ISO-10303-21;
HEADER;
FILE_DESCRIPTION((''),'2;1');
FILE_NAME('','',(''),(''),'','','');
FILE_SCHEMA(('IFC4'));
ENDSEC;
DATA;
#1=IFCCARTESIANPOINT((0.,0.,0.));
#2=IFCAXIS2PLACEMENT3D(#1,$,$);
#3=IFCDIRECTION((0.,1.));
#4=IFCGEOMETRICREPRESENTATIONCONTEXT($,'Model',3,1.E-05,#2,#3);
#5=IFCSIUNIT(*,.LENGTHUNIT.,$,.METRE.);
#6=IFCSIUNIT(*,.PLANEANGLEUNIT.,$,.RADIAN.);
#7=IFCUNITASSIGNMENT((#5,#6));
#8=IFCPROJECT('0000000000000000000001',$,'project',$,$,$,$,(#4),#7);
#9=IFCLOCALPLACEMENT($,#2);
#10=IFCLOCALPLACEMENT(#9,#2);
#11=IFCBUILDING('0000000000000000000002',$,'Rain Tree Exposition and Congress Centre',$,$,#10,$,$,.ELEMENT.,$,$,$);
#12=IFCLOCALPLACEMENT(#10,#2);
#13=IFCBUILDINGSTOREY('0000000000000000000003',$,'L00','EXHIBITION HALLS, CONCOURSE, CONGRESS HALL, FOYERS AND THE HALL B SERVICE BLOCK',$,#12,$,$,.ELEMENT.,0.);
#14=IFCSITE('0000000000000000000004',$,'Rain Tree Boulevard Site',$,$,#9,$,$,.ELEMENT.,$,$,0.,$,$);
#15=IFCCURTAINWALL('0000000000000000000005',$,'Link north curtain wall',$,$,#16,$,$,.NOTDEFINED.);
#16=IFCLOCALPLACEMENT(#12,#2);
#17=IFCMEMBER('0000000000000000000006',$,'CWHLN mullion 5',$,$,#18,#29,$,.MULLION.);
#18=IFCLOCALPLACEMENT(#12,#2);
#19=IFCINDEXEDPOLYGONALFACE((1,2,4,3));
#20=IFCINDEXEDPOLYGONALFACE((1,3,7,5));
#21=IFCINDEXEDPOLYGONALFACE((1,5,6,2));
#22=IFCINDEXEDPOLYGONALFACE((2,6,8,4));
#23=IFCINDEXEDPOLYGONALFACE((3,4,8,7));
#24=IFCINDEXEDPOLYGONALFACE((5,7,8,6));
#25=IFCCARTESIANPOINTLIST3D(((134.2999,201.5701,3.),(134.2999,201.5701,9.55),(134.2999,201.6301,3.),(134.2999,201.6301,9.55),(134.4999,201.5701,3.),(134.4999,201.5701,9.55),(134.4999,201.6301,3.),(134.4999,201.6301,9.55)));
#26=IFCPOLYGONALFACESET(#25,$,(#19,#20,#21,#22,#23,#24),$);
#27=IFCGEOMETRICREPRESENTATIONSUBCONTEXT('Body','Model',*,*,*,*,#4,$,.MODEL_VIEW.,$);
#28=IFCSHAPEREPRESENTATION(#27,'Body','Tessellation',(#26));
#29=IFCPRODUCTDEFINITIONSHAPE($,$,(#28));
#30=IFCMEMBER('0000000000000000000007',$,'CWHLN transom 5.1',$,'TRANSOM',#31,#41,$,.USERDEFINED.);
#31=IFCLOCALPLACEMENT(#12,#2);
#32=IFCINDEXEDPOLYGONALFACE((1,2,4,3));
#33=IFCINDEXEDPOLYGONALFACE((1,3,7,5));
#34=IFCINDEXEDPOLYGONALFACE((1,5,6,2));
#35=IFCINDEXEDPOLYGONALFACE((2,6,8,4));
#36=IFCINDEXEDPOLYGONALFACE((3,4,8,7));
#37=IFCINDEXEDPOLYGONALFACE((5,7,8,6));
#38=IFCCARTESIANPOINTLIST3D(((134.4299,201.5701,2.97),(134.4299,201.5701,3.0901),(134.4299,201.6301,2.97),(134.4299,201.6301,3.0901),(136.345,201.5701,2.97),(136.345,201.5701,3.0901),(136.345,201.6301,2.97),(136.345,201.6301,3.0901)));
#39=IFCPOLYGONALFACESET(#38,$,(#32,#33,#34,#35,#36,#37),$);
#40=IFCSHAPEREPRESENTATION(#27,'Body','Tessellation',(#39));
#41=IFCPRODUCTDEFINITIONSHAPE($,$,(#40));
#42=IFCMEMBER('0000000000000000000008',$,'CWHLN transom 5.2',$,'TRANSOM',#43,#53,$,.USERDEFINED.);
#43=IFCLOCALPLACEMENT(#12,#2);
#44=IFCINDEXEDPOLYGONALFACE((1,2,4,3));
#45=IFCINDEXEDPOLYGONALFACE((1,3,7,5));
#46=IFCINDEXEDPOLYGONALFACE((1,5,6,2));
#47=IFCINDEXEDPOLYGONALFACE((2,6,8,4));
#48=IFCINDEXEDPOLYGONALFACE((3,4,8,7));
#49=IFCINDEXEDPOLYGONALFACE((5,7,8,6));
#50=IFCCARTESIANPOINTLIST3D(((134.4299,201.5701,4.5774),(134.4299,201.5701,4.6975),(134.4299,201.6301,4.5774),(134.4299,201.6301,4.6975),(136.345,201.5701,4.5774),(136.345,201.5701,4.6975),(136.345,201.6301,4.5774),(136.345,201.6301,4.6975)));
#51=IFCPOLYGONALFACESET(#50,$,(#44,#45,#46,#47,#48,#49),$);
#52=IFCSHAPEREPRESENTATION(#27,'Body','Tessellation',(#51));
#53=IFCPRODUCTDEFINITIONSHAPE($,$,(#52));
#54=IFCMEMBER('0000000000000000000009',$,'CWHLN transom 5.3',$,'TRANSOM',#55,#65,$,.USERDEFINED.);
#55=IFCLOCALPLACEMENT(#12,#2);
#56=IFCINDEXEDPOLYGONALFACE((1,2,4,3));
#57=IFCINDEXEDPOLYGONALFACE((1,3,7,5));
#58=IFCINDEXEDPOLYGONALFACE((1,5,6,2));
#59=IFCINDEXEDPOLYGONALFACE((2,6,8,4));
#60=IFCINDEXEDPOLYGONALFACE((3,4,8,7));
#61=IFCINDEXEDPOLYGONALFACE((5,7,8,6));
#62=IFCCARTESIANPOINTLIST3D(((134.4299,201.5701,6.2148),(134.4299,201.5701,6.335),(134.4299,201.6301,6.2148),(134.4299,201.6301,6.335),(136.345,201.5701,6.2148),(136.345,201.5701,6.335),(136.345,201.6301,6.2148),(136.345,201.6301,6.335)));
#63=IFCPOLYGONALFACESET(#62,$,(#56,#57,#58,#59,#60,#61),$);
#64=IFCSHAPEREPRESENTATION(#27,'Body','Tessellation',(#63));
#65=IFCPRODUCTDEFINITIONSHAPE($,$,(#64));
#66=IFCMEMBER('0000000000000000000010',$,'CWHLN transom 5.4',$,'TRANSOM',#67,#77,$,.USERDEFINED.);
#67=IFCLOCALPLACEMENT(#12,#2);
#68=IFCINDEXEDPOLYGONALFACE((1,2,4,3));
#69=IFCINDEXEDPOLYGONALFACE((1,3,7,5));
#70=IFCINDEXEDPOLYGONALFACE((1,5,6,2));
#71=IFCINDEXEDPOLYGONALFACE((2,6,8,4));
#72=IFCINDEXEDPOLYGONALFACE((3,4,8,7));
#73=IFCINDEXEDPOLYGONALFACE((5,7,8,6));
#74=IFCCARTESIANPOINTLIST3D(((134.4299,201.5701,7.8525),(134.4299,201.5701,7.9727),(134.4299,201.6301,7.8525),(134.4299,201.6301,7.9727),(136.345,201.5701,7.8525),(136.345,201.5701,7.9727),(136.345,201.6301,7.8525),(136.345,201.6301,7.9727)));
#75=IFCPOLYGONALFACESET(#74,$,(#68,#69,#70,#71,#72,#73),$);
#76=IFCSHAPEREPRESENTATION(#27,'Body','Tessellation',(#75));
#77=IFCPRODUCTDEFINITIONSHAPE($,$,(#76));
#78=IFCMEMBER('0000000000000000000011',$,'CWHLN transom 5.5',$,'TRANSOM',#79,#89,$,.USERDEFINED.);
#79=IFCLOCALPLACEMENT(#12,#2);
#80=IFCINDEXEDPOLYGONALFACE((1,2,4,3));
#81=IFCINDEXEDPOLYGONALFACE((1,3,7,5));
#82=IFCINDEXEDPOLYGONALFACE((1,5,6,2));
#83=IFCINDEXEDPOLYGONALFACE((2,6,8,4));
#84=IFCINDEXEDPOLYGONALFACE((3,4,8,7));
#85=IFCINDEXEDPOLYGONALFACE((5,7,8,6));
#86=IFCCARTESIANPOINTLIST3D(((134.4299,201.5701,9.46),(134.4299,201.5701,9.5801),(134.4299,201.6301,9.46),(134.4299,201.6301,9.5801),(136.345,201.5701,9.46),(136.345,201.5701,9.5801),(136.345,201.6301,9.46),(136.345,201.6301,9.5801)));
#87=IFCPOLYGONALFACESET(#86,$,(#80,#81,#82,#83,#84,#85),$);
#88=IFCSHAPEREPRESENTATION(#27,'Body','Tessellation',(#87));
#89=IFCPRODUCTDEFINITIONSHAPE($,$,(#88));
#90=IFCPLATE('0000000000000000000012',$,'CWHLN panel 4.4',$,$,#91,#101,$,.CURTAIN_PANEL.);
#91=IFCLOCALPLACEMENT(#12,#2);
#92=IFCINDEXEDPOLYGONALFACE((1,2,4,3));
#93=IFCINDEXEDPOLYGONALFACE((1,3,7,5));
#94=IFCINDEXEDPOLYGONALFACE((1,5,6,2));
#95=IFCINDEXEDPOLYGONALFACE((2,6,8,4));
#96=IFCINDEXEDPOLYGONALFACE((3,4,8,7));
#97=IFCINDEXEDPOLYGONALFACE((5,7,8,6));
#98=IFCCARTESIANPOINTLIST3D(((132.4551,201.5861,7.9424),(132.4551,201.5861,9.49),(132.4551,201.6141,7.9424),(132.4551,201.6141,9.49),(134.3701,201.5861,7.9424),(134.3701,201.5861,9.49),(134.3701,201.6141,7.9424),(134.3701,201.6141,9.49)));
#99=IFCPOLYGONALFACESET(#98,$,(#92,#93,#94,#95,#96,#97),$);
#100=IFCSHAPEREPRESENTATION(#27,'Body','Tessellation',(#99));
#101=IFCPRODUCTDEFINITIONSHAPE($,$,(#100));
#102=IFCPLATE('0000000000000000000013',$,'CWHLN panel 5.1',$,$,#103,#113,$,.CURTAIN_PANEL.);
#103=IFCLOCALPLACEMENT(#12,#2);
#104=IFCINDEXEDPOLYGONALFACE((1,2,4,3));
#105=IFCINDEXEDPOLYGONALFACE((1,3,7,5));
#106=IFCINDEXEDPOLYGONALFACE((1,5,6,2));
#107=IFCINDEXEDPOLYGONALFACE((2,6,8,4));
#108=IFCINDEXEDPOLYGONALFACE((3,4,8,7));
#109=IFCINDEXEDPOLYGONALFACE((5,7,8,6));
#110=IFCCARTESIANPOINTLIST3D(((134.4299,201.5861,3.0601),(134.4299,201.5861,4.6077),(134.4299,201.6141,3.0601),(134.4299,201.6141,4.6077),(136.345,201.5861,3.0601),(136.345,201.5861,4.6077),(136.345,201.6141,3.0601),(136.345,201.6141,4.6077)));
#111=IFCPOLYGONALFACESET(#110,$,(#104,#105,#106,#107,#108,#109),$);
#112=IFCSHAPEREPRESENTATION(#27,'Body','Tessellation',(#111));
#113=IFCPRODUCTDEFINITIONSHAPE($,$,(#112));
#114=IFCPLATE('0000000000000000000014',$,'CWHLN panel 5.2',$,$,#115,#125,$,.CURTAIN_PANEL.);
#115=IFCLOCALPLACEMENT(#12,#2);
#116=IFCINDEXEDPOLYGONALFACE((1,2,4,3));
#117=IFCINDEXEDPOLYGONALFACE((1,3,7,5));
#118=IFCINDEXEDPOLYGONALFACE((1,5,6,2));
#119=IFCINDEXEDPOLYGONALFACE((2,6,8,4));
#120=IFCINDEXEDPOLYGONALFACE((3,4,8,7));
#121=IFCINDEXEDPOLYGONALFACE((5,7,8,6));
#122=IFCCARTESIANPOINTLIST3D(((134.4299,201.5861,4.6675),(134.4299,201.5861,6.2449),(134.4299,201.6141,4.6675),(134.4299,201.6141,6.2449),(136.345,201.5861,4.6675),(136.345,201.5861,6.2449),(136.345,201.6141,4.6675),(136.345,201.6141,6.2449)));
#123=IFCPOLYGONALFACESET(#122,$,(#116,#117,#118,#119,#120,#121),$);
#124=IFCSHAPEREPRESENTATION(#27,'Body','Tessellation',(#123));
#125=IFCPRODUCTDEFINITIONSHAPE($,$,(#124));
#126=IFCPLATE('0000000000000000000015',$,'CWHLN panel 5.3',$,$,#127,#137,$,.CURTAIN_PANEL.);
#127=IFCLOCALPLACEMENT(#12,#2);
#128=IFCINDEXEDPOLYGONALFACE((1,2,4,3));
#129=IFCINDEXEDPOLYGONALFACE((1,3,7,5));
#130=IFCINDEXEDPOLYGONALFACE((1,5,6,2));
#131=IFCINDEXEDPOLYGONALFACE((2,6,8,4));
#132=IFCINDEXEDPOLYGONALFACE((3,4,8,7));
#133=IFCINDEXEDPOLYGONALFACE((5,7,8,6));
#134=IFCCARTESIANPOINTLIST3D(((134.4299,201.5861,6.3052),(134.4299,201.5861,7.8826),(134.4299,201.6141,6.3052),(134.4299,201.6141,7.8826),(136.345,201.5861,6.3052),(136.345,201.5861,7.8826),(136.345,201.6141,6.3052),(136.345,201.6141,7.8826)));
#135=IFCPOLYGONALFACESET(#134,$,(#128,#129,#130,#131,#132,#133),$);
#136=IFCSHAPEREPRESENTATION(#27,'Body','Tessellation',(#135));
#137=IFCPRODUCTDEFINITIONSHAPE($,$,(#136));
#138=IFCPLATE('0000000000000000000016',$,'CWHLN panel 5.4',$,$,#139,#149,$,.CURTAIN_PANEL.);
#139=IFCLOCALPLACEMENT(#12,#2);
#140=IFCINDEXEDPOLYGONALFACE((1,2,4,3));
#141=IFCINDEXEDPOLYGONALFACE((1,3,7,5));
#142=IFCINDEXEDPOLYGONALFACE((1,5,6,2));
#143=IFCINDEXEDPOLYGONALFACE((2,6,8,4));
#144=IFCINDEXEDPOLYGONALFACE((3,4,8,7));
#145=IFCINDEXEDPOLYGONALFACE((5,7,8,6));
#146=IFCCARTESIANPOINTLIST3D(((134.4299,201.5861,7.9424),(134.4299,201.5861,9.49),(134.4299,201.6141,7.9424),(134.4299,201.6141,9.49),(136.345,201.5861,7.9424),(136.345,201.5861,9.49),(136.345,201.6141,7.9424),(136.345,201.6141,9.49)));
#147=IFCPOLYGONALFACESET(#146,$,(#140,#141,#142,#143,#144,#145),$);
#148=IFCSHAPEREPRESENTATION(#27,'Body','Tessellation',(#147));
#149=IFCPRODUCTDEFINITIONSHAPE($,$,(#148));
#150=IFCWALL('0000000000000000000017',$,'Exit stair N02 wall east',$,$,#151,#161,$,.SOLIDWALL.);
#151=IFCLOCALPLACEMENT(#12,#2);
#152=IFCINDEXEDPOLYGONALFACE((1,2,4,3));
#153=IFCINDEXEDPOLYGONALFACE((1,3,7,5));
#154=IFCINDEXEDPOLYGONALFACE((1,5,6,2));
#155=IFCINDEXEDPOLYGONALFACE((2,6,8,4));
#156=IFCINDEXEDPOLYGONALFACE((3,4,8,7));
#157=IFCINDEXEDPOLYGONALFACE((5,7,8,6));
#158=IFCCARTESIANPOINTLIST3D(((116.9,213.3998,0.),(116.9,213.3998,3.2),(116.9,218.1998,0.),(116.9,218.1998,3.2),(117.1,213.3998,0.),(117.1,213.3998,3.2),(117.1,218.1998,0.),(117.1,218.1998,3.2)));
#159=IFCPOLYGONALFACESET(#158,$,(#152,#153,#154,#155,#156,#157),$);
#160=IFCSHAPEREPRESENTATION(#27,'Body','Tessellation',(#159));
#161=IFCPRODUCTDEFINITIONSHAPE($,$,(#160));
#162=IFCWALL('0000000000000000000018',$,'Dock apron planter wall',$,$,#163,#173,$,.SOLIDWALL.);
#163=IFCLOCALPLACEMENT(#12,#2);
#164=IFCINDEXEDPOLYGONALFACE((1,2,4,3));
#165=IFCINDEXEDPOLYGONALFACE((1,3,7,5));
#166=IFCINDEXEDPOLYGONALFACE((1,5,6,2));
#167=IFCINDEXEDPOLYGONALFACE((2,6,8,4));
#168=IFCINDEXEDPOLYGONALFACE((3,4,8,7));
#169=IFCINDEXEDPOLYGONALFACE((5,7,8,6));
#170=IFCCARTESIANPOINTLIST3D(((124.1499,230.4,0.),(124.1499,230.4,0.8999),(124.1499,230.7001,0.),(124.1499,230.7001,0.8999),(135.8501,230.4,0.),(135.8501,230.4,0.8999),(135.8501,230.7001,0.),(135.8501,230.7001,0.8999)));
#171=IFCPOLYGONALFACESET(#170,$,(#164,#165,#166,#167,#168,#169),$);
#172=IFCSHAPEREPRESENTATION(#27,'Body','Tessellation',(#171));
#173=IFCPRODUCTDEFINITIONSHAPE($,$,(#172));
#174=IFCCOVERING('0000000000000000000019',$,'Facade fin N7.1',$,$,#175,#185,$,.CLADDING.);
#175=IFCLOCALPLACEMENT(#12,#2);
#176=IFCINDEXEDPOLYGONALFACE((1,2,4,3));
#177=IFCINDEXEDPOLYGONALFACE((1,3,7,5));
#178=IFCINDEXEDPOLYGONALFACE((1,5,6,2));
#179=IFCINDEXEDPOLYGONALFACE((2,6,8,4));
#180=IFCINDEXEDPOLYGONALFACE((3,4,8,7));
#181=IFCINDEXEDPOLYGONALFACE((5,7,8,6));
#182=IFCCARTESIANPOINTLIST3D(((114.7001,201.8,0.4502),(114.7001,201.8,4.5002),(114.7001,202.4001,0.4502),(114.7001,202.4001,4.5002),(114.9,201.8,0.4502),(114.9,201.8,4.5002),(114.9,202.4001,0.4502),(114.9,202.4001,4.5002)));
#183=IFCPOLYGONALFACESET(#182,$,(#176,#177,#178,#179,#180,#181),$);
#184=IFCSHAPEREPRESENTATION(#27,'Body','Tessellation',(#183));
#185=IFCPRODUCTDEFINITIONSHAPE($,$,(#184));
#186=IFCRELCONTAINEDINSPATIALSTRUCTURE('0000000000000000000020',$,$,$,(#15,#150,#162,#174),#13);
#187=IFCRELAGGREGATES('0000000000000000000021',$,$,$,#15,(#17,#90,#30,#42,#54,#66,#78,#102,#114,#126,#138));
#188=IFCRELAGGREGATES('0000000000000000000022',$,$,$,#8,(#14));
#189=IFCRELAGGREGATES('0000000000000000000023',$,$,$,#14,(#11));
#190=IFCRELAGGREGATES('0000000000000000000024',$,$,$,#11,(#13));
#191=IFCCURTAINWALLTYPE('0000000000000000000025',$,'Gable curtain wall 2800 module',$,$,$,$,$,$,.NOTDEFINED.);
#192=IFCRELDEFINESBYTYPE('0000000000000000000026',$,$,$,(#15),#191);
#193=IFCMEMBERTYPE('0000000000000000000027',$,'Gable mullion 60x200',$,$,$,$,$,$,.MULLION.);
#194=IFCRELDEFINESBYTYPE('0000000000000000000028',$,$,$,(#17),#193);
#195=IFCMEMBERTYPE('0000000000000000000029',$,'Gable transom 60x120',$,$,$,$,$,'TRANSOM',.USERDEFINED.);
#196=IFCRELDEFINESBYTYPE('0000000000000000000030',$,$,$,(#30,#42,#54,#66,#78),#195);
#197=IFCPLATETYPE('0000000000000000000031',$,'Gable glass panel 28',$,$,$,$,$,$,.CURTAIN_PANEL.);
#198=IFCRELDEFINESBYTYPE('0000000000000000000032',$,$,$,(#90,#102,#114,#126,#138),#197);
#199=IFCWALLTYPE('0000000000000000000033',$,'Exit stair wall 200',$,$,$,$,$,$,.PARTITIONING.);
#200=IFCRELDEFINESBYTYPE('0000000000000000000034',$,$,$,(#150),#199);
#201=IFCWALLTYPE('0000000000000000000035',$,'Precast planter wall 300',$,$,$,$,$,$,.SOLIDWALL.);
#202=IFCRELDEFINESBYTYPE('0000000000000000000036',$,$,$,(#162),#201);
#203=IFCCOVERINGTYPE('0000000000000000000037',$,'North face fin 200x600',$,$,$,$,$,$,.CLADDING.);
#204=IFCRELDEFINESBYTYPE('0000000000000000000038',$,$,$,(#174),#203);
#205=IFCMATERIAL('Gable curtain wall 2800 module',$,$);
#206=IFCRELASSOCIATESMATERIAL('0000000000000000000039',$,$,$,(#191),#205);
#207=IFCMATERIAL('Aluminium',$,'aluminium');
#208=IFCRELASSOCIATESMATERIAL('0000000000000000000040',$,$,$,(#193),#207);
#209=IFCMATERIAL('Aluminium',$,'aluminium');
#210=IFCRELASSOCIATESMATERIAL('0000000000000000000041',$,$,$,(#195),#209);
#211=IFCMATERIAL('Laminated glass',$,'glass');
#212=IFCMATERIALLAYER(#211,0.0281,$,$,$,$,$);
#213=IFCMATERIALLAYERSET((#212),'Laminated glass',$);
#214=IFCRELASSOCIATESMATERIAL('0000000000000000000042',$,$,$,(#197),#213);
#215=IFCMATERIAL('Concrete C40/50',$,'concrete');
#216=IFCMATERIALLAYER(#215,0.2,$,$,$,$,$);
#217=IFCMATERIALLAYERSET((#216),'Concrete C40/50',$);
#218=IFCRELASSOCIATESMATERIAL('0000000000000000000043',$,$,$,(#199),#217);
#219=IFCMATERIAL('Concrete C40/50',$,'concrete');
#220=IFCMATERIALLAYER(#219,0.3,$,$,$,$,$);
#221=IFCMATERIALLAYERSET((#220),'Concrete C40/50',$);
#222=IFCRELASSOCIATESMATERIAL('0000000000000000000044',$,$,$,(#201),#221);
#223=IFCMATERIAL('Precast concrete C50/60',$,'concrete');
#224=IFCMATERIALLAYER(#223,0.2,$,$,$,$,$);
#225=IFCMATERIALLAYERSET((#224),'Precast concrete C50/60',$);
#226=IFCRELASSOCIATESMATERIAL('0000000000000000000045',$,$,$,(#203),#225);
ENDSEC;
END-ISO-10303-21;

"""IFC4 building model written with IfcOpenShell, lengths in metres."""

from ifc_helpers import new_model, si_unit, direction, frame, frame_2d, origin, origin_2d, place, context, subcontext, project, spatial, rectangle, extrude, material, layer, layer_set, material_profile, profile_set, type_object, element, aggregate, save


model = new_model("IFC4")

# Units and contexts
model_context = context("Model", 3, precision=1e-05, world=origin(), true_north=direction((0.0, 1.0)))
body_context = subcontext(model_context, "Body", "Model", "MODEL_VIEW")
ifc_project = project(units=[si_unit("LENGTHUNIT", "METRE"), si_unit("PLANEANGLEUNIT", "RADIAN")], contexts=[model_context])

# Site, building, storey
site_placement = place(None, origin())
site = spatial("IfcSite", under=ifc_project, at=site_placement, Name="Rain Tree Boulevard Site", CompositionType="ELEMENT", RefElevation=0.0)
building_placement = place(site_placement, origin())
building = spatial("IfcBuilding", under=site, at=building_placement, Name="Rain Tree Exposition and Congress Centre", CompositionType="ELEMENT")
storey_placement = place(building_placement, origin())
storey = spatial("IfcBuildingStorey", under=building, at=storey_placement, Name="L00", Description="EXHIBITION HALLS, CONCOURSE, CONGRESS HALL, FOYERS AND THE HALL B SERVICE BLOCK", CompositionType="ELEMENT", Elevation=0.0)

# Curtain wall, members, plates
ifc_material_1 = material(Name="Gable curtain wall 2800 module")
curtain_wall_type = type_object("IfcCurtainWallType", Name="Gable curtain wall 2800 module", PredefinedType="NOTDEFINED", material=ifc_material_1)
curtain_wall_placement = place(storey_placement, origin())
curtain_wall = element("IfcCurtainWall", 1, at=curtain_wall_placement, inside=storey, type_object=curtain_wall_type, Name="Link north curtain wall", PredefinedType="NOTDEFINED")
ifc_material_2 = material(Name="Aluminium", Category="aluminium")
ifc_material_profile_1 = material_profile(ifc_material_2, rectangle(XDim=0.0601, YDim=0.2, at=origin_2d()), Name="Aluminium 60x200")
ifc_profile_set_1 = profile_set([ifc_material_profile_1], Name="Aluminium")
member_type_1 = type_object("IfcMemberType", Name="Gable mullion 60x200", PredefinedType="MULLION", material=ifc_profile_set_1)
member_1_placement = place(storey_placement, frame((134.3999, 201.6001, 3.0), z_axis=(0.0, 0.0, 1.0), x_axis=(0.0, 1.0, 0.0)))
member_1 = element("IfcMember", 2, at=member_1_placement, type_object=member_type_1, Name="CWHLN mullion 5", PredefinedType="MULLION", context=body_context, shape_type="SweptSolid", body=[
    extrude(rectangle(XDim=0.0601, YDim=0.2, at=origin_2d()), origin(), (0.0, 0.0, 1.0), 6.55),
])
ifc_material_3 = material(Name="Aluminium", Category="aluminium")
ifc_material_profile_2 = material_profile(ifc_material_3, rectangle(XDim=0.0601, YDim=0.1201, at=origin_2d()), Name="Aluminium 60x120")
ifc_profile_set_2 = profile_set([ifc_material_profile_2], Name="Aluminium")
member_type_2 = type_object("IfcMemberType", Name="Gable transom 60x120", ElementType="TRANSOM", PredefinedType="USERDEFINED", material=ifc_profile_set_2)
member_2_placement = place(storey_placement, frame((134.4299, 201.6001, 3.03), z_axis=(1.0, 0.0, 0.0), x_axis=(0.0, 1.0, 0.0)))
member_2 = element("IfcMember", 3, at=member_2_placement, type_object=member_type_2, Name="CWHLN transom 5.1", ObjectType="TRANSOM", PredefinedType="USERDEFINED", context=body_context, shape_type="SweptSolid", body=[
    extrude(rectangle(XDim=0.0601, YDim=0.1201, at=origin_2d()), origin(), (0.0, 0.0, 1.0), 1.915),
])
member_3_placement = place(storey_placement, frame((134.4299, 201.6001, 4.6375), z_axis=(1.0, 0.0, 0.0), x_axis=(0.0, 1.0, 0.0)))
member_3 = element("IfcMember", 4, at=member_3_placement, type_object=member_type_2, Name="CWHLN transom 5.2", ObjectType="TRANSOM", PredefinedType="USERDEFINED", context=body_context, shape_type="SweptSolid", body=[
    extrude(rectangle(XDim=0.0601, YDim=0.1201, at=origin_2d()), origin(), (0.0, 0.0, 1.0), 1.915),
])
member_4_placement = place(storey_placement, frame((134.4299, 201.6001, 6.2749), z_axis=(1.0, 0.0, 0.0), x_axis=(0.0, 1.0, 0.0)))
member_4 = element("IfcMember", 5, at=member_4_placement, type_object=member_type_2, Name="CWHLN transom 5.3", ObjectType="TRANSOM", PredefinedType="USERDEFINED", context=body_context, shape_type="SweptSolid", body=[
    extrude(rectangle(XDim=0.0601, YDim=0.1201, at=origin_2d()), origin(), (0.0, 0.0, 1.0), 1.915),
])
member_5_placement = place(storey_placement, frame((134.4299, 201.6001, 7.9126), z_axis=(1.0, 0.0, 0.0), x_axis=(0.0, 1.0, 0.0)))
member_5 = element("IfcMember", 6, at=member_5_placement, type_object=member_type_2, Name="CWHLN transom 5.4", ObjectType="TRANSOM", PredefinedType="USERDEFINED", context=body_context, shape_type="SweptSolid", body=[
    extrude(rectangle(XDim=0.0601, YDim=0.1201, at=origin_2d()), origin(), (0.0, 0.0, 1.0), 1.915),
])
member_6_placement = place(storey_placement, frame((134.4299, 201.6001, 9.52), z_axis=(1.0, 0.0, 0.0), x_axis=(0.0, 1.0, 0.0)))
member_6 = element("IfcMember", 7, at=member_6_placement, type_object=member_type_2, Name="CWHLN transom 5.5", ObjectType="TRANSOM", PredefinedType="USERDEFINED", context=body_context, shape_type="SweptSolid", body=[
    extrude(rectangle(XDim=0.0601, YDim=0.1201, at=origin_2d()), origin(), (0.0, 0.0, 1.0), 1.915),
])
ifc_material_4 = material(Name="Laminated glass", Category="glass")
ifc_layer_1 = layer(ifc_material_4, 0.0281)
ifc_layer_set_1 = layer_set([ifc_layer_1], Name="Laminated glass")
plate_type = type_object("IfcPlateType", Name="Gable glass panel 28", PredefinedType="CURTAIN_PANEL", material=ifc_layer_set_1)
plate_1_placement = place(storey_placement, frame((133.4126, 201.6001, 7.9424), z_axis=(0.0, 0.0, 1.0), x_axis=(1.0, 0.0, 0.0)))
plate_1 = element("IfcPlate", 8, at=plate_1_placement, type_object=plate_type, Name="CWHLN panel 4.4", PredefinedType="CURTAIN_PANEL", context=body_context, shape_type="SweptSolid", body=[
    extrude(rectangle(XDim=1.915, YDim=0.0281, at=origin_2d()), origin(), (0.0, 0.0, 1.0), 1.5476),
])
plate_2_placement = place(storey_placement, frame((135.3875, 201.6001, 3.0601), z_axis=(0.0, 0.0, 1.0), x_axis=(1.0, 0.0, 0.0)))
plate_2 = element("IfcPlate", 9, at=plate_2_placement, type_object=plate_type, Name="CWHLN panel 5.1", PredefinedType="CURTAIN_PANEL", context=body_context, shape_type="SweptSolid", body=[
    extrude(rectangle(XDim=1.915, YDim=0.0281, at=origin_2d()), origin(), (0.0, 0.0, 1.0), 1.5476),
])
plate_3_placement = place(storey_placement, frame((135.3875, 201.6001, 4.6675), z_axis=(0.0, 0.0, 1.0), x_axis=(1.0, 0.0, 0.0)))
plate_3 = element("IfcPlate", 10, at=plate_3_placement, type_object=plate_type, Name="CWHLN panel 5.2", PredefinedType="CURTAIN_PANEL", context=body_context, shape_type="SweptSolid", body=[
    extrude(rectangle(XDim=1.915, YDim=0.0281, at=origin_2d()), origin(), (0.0, 0.0, 1.0), 1.5774),
])
plate_4_placement = place(storey_placement, frame((135.3875, 201.6001, 6.3052), z_axis=(0.0, 0.0, 1.0), x_axis=(1.0, 0.0, 0.0)))
plate_4 = element("IfcPlate", 11, at=plate_4_placement, type_object=plate_type, Name="CWHLN panel 5.3", PredefinedType="CURTAIN_PANEL", context=body_context, shape_type="SweptSolid", body=[
    extrude(rectangle(XDim=1.915, YDim=0.0281, at=origin_2d()), origin(), (0.0, 0.0, 1.0), 1.5774),
])
plate_5_placement = place(storey_placement, frame((135.3875, 201.6001, 7.9424), z_axis=(0.0, 0.0, 1.0), x_axis=(1.0, 0.0, 0.0)))
plate_5 = element("IfcPlate", 12, at=plate_5_placement, type_object=plate_type, Name="CWHLN panel 5.4", PredefinedType="CURTAIN_PANEL", context=body_context, shape_type="SweptSolid", body=[
    extrude(rectangle(XDim=1.915, YDim=0.0281, at=origin_2d()), origin(), (0.0, 0.0, 1.0), 1.5476),
])
aggregate(curtain_wall, [member_1, plate_1, member_2, member_3, member_4, member_5, member_6, plate_2, plate_3, plate_4, plate_5])

# Walls
ifc_material_5 = material(Name="Concrete C40/50", Category="concrete")
ifc_layer_2 = layer(ifc_material_5, 0.2)
ifc_layer_set_2 = layer_set([ifc_layer_2], Name="Concrete C40/50")
wall_type_1 = type_object("IfcWallType", Name="Exit stair wall 200", PredefinedType="PARTITIONING", material=ifc_layer_set_2)
wall_1_placement = place(storey_placement, frame((117.0, 213.3999, 0.0), z_axis=(0.0, 0.0, 1.0), x_axis=(0.0, 1.0, 0.0)))
element("IfcWall", 13, at=wall_1_placement, inside=storey, type_object=wall_type_1, Name="Exit stair N02 wall east", PredefinedType="SOLIDWALL", context=body_context, shape_type="SweptSolid", body=[
    extrude(rectangle(XDim=4.8, YDim=0.2, at=frame_2d((2.3999, 0.0))), origin(), (0.0, 0.0, 1.0), 3.2),
])
ifc_material_6 = material(Name="Concrete C40/50", Category="concrete")
ifc_layer_3 = layer(ifc_material_6, 0.3)
ifc_layer_set_3 = layer_set([ifc_layer_3], Name="Concrete C40/50")
wall_type_2 = type_object("IfcWallType", Name="Precast planter wall 300", PredefinedType="SOLIDWALL", material=ifc_layer_set_3)
wall_2_placement = place(storey_placement, frame((124.1499, 230.55, 0.0), z_axis=(0.0, 0.0, 1.0), x_axis=(1.0, 0.0, 0.0)))
element("IfcWall", 14, at=wall_2_placement, inside=storey, type_object=wall_type_2, Name="Dock apron planter wall", PredefinedType="SOLIDWALL", context=body_context, shape_type="SweptSolid", body=[
    extrude(rectangle(XDim=11.7002, YDim=0.3, at=frame_2d((5.8501, 0.0))), origin(), (0.0, 0.0, 1.0), 0.8999),
])

# Covering
ifc_material_7 = material(Name="Precast concrete C50/60", Category="concrete")
ifc_layer_4 = layer(ifc_material_7, 0.2)
ifc_layer_set_4 = layer_set([ifc_layer_4], Name="Precast concrete C50/60")
covering_type = type_object("IfcCoveringType", Name="North face fin 200x600", PredefinedType="CLADDING", material=ifc_layer_set_4)
for number, where, z_axis, x_axis, name in (
    (15, (114.8, 202.1001, 0.4502), (0.0, 0.0, 1.0), (1.0, 0.0, 0.0), "Facade fin N7.1"),
):
    element("IfcCovering", number, at=place(storey_placement, frame(where, z_axis=z_axis, x_axis=x_axis)), inside=storey, type_object=covering_type, Name=name, PredefinedType="CLADDING", context=body_context, shape_type="SweptSolid", body=[
        extrude(rectangle(XDim=0.2, YDim=0.6001, at=origin_2d()), origin(), (0.0, 0.0, 1.0), 4.05),
    ])

save(model, "model.ifc")
